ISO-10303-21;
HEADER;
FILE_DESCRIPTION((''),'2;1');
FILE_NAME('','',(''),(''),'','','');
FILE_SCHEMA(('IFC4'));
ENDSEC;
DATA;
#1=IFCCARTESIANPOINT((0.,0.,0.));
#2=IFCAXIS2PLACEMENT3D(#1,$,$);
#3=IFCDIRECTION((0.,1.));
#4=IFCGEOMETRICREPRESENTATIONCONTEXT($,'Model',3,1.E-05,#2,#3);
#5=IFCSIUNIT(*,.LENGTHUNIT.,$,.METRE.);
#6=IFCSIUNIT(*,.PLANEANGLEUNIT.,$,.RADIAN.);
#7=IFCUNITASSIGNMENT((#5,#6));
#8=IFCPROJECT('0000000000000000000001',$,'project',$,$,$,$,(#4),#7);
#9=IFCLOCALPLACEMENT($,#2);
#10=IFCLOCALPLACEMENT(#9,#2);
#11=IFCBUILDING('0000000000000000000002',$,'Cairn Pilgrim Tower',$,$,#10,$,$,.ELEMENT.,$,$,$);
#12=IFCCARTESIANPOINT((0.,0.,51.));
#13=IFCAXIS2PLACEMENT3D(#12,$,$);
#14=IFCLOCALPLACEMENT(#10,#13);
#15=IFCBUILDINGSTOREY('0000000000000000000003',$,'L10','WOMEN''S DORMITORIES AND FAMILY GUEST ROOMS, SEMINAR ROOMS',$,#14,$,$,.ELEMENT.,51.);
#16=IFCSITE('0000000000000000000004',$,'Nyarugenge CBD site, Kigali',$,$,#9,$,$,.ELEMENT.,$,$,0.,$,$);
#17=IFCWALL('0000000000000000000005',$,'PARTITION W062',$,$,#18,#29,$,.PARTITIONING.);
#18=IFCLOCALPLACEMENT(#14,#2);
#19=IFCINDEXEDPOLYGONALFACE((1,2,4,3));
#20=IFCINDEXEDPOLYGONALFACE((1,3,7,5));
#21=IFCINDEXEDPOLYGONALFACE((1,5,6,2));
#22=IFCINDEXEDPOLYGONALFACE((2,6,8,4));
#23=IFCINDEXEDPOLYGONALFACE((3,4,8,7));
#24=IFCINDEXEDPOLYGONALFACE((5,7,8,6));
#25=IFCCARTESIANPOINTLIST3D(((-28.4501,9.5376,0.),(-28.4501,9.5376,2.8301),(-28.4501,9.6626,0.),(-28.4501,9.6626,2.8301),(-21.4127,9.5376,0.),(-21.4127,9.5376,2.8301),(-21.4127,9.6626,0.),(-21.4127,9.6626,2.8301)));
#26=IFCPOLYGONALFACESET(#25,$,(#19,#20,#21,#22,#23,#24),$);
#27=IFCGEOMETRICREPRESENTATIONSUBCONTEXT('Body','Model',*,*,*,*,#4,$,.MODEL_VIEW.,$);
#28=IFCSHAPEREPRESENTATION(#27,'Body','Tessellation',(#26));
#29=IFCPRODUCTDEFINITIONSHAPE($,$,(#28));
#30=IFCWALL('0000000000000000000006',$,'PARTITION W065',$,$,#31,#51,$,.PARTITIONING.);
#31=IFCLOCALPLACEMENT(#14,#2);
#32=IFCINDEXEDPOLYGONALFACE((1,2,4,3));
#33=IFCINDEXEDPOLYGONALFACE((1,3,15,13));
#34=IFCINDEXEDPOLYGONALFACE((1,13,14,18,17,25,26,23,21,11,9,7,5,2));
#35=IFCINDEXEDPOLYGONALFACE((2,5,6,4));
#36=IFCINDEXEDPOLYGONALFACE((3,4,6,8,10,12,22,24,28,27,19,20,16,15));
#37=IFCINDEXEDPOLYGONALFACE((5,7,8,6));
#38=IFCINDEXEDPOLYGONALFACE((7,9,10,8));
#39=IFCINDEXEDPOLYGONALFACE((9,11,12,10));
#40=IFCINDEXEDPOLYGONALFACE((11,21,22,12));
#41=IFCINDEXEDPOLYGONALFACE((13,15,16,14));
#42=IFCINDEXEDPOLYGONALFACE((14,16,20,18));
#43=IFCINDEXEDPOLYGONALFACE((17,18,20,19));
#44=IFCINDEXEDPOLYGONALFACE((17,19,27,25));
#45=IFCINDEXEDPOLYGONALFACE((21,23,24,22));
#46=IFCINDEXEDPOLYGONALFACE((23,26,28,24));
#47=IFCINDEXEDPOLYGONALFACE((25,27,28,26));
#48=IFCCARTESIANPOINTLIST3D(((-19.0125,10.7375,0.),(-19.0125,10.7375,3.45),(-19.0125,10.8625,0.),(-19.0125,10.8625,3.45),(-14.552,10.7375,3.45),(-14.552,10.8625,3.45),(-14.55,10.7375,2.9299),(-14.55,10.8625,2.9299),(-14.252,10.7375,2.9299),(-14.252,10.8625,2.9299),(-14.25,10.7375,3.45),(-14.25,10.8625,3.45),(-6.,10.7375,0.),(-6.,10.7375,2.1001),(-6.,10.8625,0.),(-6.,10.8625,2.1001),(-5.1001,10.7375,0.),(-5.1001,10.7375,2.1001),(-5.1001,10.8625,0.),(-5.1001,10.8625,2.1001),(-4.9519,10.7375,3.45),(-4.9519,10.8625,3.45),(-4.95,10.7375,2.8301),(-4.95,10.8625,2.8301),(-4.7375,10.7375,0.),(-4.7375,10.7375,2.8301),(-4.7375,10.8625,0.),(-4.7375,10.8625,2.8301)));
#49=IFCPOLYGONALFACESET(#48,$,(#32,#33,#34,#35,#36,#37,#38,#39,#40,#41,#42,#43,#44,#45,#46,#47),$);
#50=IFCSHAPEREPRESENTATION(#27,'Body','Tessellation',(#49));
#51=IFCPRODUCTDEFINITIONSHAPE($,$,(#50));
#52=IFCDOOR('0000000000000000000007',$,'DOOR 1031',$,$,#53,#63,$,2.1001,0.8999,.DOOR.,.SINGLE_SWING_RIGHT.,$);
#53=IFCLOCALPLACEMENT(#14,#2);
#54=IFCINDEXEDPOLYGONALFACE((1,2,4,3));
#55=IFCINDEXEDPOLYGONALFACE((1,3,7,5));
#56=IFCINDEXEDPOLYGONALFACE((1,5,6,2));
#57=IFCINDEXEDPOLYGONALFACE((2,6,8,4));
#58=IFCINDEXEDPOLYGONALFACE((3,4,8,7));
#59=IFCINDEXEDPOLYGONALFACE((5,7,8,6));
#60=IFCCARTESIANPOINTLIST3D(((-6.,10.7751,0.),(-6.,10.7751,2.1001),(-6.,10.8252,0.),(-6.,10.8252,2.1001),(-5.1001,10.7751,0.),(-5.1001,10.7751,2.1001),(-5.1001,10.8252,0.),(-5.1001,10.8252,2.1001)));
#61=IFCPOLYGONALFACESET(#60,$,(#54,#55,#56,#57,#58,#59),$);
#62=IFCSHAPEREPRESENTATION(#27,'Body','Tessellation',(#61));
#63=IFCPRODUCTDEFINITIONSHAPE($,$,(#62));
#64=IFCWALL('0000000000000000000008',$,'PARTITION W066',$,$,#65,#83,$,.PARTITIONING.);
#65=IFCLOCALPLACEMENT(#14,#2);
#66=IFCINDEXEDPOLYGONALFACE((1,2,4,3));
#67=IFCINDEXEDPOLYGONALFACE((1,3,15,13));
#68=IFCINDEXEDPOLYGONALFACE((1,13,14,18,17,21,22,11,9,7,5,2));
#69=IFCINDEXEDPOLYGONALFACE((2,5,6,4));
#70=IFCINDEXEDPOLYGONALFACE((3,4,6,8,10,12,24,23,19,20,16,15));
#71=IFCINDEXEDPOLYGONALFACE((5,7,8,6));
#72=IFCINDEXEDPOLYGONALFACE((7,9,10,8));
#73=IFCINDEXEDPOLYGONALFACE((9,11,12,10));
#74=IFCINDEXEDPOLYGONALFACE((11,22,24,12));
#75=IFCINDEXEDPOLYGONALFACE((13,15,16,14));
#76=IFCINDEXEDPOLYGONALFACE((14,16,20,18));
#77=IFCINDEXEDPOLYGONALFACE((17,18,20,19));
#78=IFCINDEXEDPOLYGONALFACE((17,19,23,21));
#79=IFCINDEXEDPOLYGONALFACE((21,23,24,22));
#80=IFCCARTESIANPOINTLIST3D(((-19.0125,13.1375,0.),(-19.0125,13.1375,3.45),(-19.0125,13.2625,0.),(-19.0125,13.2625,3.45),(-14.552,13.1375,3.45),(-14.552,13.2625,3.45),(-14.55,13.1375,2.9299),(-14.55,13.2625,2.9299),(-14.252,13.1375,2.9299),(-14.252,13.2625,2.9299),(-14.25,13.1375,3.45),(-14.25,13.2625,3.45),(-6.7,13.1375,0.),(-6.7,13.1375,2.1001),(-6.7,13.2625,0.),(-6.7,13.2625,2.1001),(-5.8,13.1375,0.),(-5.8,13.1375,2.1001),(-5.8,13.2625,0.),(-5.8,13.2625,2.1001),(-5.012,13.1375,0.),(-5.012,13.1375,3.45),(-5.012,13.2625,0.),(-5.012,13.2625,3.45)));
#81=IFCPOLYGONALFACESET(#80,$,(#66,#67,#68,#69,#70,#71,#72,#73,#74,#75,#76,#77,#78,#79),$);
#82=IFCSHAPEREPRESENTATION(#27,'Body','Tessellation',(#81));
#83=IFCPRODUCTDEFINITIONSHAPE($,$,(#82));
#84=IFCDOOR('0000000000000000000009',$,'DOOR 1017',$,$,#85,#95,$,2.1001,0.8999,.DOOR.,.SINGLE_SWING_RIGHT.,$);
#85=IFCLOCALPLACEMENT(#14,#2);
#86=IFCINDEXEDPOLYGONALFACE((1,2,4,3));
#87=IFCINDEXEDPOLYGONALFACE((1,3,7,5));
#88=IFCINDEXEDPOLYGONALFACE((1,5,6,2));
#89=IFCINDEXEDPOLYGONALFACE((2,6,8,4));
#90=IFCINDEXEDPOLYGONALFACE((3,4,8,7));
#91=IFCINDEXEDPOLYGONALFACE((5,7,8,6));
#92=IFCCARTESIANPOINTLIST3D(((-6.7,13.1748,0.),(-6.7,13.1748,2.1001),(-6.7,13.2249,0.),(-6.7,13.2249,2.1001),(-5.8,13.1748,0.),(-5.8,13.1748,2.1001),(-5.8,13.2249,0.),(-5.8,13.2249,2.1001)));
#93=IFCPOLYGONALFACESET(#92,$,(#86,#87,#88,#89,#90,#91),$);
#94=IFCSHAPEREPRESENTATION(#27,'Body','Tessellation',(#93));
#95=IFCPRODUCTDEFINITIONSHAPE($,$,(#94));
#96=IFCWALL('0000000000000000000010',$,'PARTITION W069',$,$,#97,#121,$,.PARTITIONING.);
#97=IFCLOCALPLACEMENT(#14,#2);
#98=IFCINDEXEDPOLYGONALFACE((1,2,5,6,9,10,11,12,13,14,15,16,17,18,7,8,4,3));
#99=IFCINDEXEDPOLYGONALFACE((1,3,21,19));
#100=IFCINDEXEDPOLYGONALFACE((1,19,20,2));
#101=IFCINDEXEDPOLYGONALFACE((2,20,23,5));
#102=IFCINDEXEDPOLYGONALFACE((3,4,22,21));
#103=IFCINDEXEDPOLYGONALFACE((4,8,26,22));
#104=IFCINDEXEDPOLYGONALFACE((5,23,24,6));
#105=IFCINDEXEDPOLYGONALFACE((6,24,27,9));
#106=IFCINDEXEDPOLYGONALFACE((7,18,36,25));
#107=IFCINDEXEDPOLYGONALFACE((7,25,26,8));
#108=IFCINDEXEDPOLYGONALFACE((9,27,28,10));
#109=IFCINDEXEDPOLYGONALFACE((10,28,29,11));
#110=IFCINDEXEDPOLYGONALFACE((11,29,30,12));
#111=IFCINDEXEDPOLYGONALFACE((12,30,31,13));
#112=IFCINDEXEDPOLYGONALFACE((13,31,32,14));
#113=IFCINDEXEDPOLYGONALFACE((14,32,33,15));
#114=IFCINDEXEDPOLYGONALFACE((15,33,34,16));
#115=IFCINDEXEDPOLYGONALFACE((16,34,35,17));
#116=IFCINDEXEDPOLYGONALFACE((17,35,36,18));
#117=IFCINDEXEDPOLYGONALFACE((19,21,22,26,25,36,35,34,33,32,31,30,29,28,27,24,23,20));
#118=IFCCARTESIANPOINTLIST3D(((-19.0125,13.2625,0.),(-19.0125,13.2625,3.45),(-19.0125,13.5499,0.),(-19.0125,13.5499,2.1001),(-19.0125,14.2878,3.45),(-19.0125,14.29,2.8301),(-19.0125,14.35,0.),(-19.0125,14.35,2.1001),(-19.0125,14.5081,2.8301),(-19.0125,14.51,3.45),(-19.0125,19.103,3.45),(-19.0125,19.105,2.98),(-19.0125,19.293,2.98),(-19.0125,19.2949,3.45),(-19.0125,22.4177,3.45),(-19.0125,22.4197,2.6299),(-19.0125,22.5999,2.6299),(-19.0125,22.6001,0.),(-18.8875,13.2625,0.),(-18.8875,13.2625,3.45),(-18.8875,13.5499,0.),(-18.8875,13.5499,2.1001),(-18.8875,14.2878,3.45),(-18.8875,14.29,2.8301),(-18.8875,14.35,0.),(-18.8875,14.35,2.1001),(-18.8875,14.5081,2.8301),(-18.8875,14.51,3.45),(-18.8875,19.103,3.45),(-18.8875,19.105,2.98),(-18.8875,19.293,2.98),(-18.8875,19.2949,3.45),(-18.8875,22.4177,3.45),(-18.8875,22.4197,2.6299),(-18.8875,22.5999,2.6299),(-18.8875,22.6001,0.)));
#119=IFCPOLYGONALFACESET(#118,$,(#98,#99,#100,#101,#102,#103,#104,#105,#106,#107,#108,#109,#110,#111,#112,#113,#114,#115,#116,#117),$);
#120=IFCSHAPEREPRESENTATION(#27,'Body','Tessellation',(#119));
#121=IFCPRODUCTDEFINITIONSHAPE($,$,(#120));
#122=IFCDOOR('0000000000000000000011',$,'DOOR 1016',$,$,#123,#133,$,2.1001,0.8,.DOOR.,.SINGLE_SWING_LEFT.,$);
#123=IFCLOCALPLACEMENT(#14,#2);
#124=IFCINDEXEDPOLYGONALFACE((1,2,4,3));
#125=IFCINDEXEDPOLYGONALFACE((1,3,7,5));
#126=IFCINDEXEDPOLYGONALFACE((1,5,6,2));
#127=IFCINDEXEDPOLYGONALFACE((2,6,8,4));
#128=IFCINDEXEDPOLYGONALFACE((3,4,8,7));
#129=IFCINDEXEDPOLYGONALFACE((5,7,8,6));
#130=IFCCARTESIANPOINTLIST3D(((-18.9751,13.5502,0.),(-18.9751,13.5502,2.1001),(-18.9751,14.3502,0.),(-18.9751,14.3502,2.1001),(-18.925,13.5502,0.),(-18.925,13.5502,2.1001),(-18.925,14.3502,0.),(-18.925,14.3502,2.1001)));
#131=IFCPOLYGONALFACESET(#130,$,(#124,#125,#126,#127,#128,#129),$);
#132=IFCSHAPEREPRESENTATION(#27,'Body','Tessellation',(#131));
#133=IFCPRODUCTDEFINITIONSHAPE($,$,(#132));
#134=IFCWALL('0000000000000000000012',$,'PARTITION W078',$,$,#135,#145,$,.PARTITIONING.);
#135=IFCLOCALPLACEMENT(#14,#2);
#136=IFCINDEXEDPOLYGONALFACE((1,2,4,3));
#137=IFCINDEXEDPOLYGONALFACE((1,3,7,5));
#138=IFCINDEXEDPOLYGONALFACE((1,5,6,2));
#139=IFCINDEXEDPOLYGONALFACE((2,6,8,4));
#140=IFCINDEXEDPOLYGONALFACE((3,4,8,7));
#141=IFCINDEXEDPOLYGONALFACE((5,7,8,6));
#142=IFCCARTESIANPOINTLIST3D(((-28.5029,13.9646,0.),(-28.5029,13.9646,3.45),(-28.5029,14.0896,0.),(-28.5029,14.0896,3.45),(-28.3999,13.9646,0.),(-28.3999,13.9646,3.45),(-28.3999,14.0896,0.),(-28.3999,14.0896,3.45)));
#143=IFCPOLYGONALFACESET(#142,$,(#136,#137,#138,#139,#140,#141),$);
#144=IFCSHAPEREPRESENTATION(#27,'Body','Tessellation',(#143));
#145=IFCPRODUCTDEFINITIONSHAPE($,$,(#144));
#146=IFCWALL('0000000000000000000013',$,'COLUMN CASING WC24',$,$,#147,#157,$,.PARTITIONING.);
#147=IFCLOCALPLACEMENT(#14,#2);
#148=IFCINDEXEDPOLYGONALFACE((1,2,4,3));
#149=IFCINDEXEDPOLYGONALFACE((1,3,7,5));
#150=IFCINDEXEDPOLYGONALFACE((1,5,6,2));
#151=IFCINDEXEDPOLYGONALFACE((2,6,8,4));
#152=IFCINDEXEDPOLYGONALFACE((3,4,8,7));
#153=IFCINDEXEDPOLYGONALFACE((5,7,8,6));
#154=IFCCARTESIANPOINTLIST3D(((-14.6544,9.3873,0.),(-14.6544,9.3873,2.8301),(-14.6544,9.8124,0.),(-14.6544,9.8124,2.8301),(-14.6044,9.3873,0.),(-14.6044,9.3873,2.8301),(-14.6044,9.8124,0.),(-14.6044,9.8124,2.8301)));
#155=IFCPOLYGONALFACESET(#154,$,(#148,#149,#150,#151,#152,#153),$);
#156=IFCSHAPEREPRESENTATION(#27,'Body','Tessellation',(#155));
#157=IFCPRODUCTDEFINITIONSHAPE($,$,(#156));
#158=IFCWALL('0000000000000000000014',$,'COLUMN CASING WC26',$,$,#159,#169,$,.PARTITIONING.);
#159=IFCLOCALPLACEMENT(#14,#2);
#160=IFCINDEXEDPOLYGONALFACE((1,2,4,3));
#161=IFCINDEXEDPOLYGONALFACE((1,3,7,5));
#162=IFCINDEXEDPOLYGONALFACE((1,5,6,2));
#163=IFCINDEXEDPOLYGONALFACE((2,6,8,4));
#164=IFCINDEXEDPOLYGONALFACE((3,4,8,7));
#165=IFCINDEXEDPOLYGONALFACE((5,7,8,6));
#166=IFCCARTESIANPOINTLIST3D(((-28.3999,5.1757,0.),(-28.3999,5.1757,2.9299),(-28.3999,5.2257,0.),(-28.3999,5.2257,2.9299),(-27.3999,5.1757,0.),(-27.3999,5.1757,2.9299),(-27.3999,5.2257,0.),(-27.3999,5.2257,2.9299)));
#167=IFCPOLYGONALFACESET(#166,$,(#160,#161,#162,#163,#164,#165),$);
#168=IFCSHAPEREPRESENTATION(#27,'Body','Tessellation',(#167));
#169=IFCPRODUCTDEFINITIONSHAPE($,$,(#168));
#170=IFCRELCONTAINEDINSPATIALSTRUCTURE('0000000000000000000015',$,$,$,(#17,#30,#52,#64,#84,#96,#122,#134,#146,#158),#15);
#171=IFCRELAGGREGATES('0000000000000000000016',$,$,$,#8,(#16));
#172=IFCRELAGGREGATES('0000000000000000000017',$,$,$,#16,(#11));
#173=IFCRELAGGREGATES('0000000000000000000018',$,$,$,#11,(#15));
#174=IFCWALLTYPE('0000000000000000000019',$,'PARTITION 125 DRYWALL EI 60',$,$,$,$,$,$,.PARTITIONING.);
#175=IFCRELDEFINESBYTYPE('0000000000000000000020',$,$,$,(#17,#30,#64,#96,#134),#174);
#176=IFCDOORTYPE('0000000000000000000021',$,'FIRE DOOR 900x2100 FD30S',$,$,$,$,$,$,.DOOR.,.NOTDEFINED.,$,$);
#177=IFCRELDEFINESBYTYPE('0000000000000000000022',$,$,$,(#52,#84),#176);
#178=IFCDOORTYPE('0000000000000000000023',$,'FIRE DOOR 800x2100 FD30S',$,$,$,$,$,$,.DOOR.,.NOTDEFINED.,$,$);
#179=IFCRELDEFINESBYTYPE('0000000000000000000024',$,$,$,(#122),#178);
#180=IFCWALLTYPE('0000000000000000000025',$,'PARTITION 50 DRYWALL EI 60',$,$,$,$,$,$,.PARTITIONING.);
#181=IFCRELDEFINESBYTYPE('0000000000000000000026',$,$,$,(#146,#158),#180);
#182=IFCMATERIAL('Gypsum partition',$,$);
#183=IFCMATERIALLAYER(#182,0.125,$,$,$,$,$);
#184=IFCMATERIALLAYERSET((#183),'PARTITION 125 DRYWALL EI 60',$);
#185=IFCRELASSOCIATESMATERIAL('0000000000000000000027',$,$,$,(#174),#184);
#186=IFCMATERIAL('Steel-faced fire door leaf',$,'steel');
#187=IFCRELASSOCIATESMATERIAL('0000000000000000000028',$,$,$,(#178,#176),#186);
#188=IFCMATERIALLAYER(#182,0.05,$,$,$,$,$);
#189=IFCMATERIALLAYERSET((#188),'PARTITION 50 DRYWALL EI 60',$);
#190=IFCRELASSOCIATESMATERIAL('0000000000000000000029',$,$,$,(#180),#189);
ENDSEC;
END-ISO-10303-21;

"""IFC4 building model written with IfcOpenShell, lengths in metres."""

from ifc_helpers import new_model, si_unit, direction, frame, frame_2d, origin, place, context, subcontext, project, spatial, polyline, rectangle, outline, extrude, material, layer, layer_set, type_object, element, fill, save


model = new_model("IFC4")

# Units and contexts
model_context = context("Model", 3, precision=1e-05, world=origin(), true_north=direction((0.0, 1.0)))
body_context = subcontext(model_context, "Body", "Model", "MODEL_VIEW")
ifc_project = project(units=[si_unit("LENGTHUNIT", "METRE"), si_unit("PLANEANGLEUNIT", "RADIAN")], contexts=[model_context])

# Site, building, storey
site_placement = place(None, origin())
site = spatial("IfcSite", under=ifc_project, at=site_placement, Name="Nyarugenge CBD site, Kigali", CompositionType="ELEMENT", RefElevation=0.0)
building_placement = place(site_placement, origin())
building = spatial("IfcBuilding", under=site, at=building_placement, Name="Cairn Pilgrim Tower", CompositionType="ELEMENT")
storey_placement = place(building_placement, frame((0.0, 0.0, 51.0)))
storey = spatial("IfcBuildingStorey", under=building, at=storey_placement, Name="L10", Description="WOMEN'S DORMITORIES AND FAMILY GUEST ROOMS, SEMINAR ROOMS", CompositionType="ELEMENT", Elevation=51.0)

# Shared definitions
ifc_material_1 = material(Name="Gypsum partition")
ifc_layer_1 = layer(ifc_material_1, 0.125)
ifc_layer_set_1 = layer_set([ifc_layer_1], Name="PARTITION 125 DRYWALL EI 60")
wall_type_1 = type_object("IfcWallType", Name="PARTITION 125 DRYWALL EI 60", PredefinedType="PARTITIONING", material=ifc_layer_set_1)

# Shared definitions
ifc_material_2 = material(Name="Steel-faced fire door leaf", Category="steel")
door_type_1 = type_object("IfcDoorType", Name="FIRE DOOR 800x2100 FD30S", OperationType="NOTDEFINED", PredefinedType="DOOR", material=ifc_material_2)

# Wall
wall_1_placement = place(storey_placement, frame((-28.45, 9.6001, 0.0), z_axis=(0.0, 0.0, 1.0), x_axis=(1.0, 0.0, 0.0)))
element("IfcWall", 1, at=wall_1_placement, inside=storey, type_object=wall_type_1, Name="PARTITION W062", PredefinedType="PARTITIONING", context=body_context, shape_type="SweptSolid", body=[
    extrude(rectangle(XDim=7.0374, YDim=0.125, at=frame_2d((3.5186, 0.0))), origin(), (0.0, 0.0, 1.0), 2.8301),
])

# Walls, openings, doors
wall_2_placement = place(storey_placement, frame((-19.0125, 10.8, 0.0), z_axis=(0.0, 0.0, 1.0), x_axis=(1.0, 0.0, 0.0)))
wall_2 = element("IfcWall", 2, at=wall_2_placement, inside=storey, type_object=wall_type_1, Name="PARTITION W065", PredefinedType="PARTITIONING", context=body_context, shape_type="SweptSolid", body=[
    extrude(outline(polyline([(0.0, 0.0), (14.2749, 0.0), (14.2749, 2.8301), (14.0625, 2.8301), (14.0605, 3.45), (4.7625, 3.45), (4.7605, 2.9299), (4.4624, 2.9299), (4.4604, 3.45), (0.0, 3.45), (0.0, 0.0)])), frame((0.0, 0.0625, 0.0), z_axis=(0.0, -1.0, 0.0), x_axis=(1.0, 0.0, 0.0)), (0.0, 0.0, 1.0), 0.125),
])
opening_1_placement = place(wall_2_placement, frame((13.0125, 0.0, 0.0)))
opening_1 = element("IfcOpeningElement", 3, at=opening_1_placement, cuts=wall_2, PredefinedType="OPENING", context=body_context, shape_type="SweptSolid", body=[
    extrude(rectangle(XDim=0.8999, YDim=2.1001, at=frame_2d((0.45, 1.05))), frame((0.0, 0.0725, 0.0), z_axis=(0.0, -1.0, 0.0), x_axis=(1.0, 0.0, 0.0)), (0.0, 0.0, 1.0), 0.145),
])
door_type_2 = type_object("IfcDoorType", Name="FIRE DOOR 900x2100 FD30S", OperationType="NOTDEFINED", PredefinedType="DOOR", material=ifc_material_2)
door_1_placement = place(opening_1_placement, frame((0.8999, 0.0, 0.0), z_axis=(0.0, 0.0, 1.0), x_axis=(-1.0, 0.0, 0.0)))
door_1 = element("IfcDoor", 4, at=door_1_placement, inside=storey, type_object=door_type_2, Name="DOOR 1031", OperationType="SINGLE_SWING_RIGHT", OverallHeight=2.1001, OverallWidth=0.8999, PredefinedType="DOOR", context=body_context, shape_type="SweptSolid", body=[
    extrude(rectangle(XDim=0.8999, YDim=2.1001, at=frame_2d((0.45, 1.05))), frame((0.0, 0.0249, 0.0), z_axis=(0.0, -1.0, 0.0), x_axis=(1.0, 0.0, 0.0)), (0.0, 0.0, 1.0), 0.05),
])
fill(opening_1, door_1)
wall_3_placement = place(storey_placement, frame((-19.0125, 13.2, 0.0), z_axis=(0.0, 0.0, 1.0), x_axis=(1.0, 0.0, 0.0)))
wall_3 = element("IfcWall", 5, at=wall_3_placement, inside=storey, type_object=wall_type_1, Name="PARTITION W066", PredefinedType="PARTITIONING", context=body_context, shape_type="SweptSolid", body=[
    extrude(outline(polyline([(0.0, 0.0), (14.0005, 0.0), (14.0005, 3.45), (4.7625, 3.45), (4.7605, 2.9299), (4.4624, 2.9299), (4.4604, 3.45), (0.0, 3.45), (0.0, 0.0)])), frame((0.0, 0.0625, 0.0), z_axis=(0.0, -1.0, 0.0), x_axis=(1.0, 0.0, 0.0)), (0.0, 0.0, 1.0), 0.125),
])
opening_2_placement = place(wall_3_placement, frame((12.3125, 0.0, 0.0)))
opening_2 = element("IfcOpeningElement", 6, at=opening_2_placement, cuts=wall_3, PredefinedType="OPENING", context=body_context, shape_type="SweptSolid", body=[
    extrude(rectangle(XDim=0.8999, YDim=2.1001, at=frame_2d((0.45, 1.05))), frame((0.0, 0.0725, 0.0), z_axis=(0.0, -1.0, 0.0), x_axis=(1.0, 0.0, 0.0)), (0.0, 0.0, 1.0), 0.145),
])
door_2_placement = place(opening_2_placement, origin())
door_2 = element("IfcDoor", 7, at=door_2_placement, inside=storey, type_object=door_type_2, Name="DOOR 1017", OperationType="SINGLE_SWING_RIGHT", OverallHeight=2.1001, OverallWidth=0.8999, PredefinedType="DOOR", context=body_context, shape_type="SweptSolid", body=[
    extrude(rectangle(XDim=0.8999, YDim=2.1001, at=frame_2d((0.45, 1.05))), frame((0.0, 0.0249, 0.0), z_axis=(0.0, -1.0, 0.0), x_axis=(1.0, 0.0, 0.0)), (0.0, 0.0, 1.0), 0.05),
])
fill(opening_2, door_2)
wall_4_placement = place(storey_placement, frame((-18.95, 13.2625, 0.0), z_axis=(0.0, 0.0, 1.0), x_axis=(0.0, 1.0, 0.0)))
wall_4 = element("IfcWall", 8, at=wall_4_placement, inside=storey, type_object=wall_type_1, Name="PARTITION W069", PredefinedType="PARTITIONING", context=body_context, shape_type="SweptSolid", body=[
    extrude(outline(polyline([(0.0, 0.0), (9.3376, 0.0), (9.3374, 2.6299), (9.1572, 2.6299), (9.1553, 3.45), (6.0325, 3.45), (6.0305, 2.98), (5.8425, 2.98), (5.8406, 3.45), (1.2476, 3.45), (1.2456, 2.8301), (1.0276, 2.8301), (1.0254, 3.45), (0.0, 3.45), (0.0, 0.0)])), frame((0.0, 0.0625, 0.0), z_axis=(0.0, -1.0, 0.0), x_axis=(1.0, 0.0, 0.0)), (0.0, 0.0, 1.0), 0.125),
])
opening_3_placement = place(wall_4_placement, frame((0.2876, 0.0, 0.0)))
opening_3 = element("IfcOpeningElement", 9, at=opening_3_placement, cuts=wall_4, PredefinedType="OPENING", context=body_context, shape_type="SweptSolid", body=[
    extrude(rectangle(XDim=0.8, YDim=2.1001, at=frame_2d((0.3999, 1.05))), frame((0.0, 0.0725, 0.0), z_axis=(0.0, -1.0, 0.0), x_axis=(1.0, 0.0, 0.0)), (0.0, 0.0, 1.0), 0.145),
])
door_3_placement = place(opening_3_placement, frame((0.8, 0.0, 0.0), z_axis=(0.0, 0.0, 1.0), x_axis=(-1.0, 0.0, 0.0)))
door_3 = element("IfcDoor", 10, at=door_3_placement, inside=storey, type_object=door_type_1, Name="DOOR 1016", OperationType="SINGLE_SWING_LEFT", OverallHeight=2.1001, OverallWidth=0.8, PredefinedType="DOOR", context=body_context, shape_type="SweptSolid", body=[
    extrude(rectangle(XDim=0.8, YDim=2.1001, at=frame_2d((0.3999, 1.05))), frame((0.0, 0.0249, 0.0), z_axis=(0.0, -1.0, 0.0), x_axis=(1.0, 0.0, 0.0)), (0.0, 0.0, 1.0), 0.05),
])
fill(opening_3, door_3)

# Walls
wall_5_placement = place(storey_placement, frame((-28.5029, 14.0271, 0.0), z_axis=(0.0, 0.0, 1.0), x_axis=(1.0, 0.0, 0.0)))
element("IfcWall", 11, at=wall_5_placement, inside=storey, type_object=wall_type_1, Name="PARTITION W078", PredefinedType="PARTITIONING", context=body_context, shape_type="SweptSolid", body=[
    extrude(rectangle(XDim=0.103, YDim=0.125, at=frame_2d((0.0515, 0.0))), origin(), (0.0, 0.0, 1.0), 3.45),
])
ifc_layer_2 = layer(ifc_material_1, 0.05)
ifc_layer_set_2 = layer_set([ifc_layer_2], Name="PARTITION 50 DRYWALL EI 60")
wall_type_2 = type_object("IfcWallType", Name="PARTITION 50 DRYWALL EI 60", PredefinedType="PARTITIONING", material=ifc_layer_set_2)
wall_6_placement = place(storey_placement, frame((-14.6294, 9.3875, 0.0), z_axis=(0.0, 0.0, 1.0), x_axis=(0.0, 1.0, 0.0)))
element("IfcWall", 12, at=wall_6_placement, inside=storey, type_object=wall_type_2, Name="COLUMN CASING WC24", PredefinedType="PARTITIONING", context=body_context, shape_type="SweptSolid", body=[
    extrude(rectangle(XDim=0.425, YDim=0.05, at=frame_2d((0.2124, 0.0))), origin(), (0.0, 0.0, 1.0), 2.8301),
])
for number, where, z_axis, x_axis, name in (
    (13, (-28.3999, 5.2007, 0.0), (0.0, 0.0, 1.0), (1.0, 0.0, 0.0), "COLUMN CASING WC26"),
):
    element("IfcWall", number, at=place(storey_placement, frame(where, z_axis=z_axis, x_axis=x_axis)), inside=storey, type_object=wall_type_2, Name=name, PredefinedType="PARTITIONING", context=body_context, shape_type="SweptSolid", body=[
        extrude(rectangle(XDim=1.0, YDim=0.05, at=frame_2d((0.5, 0.0))), origin(), (0.0, 0.0, 1.0), 2.9299),
    ])

save(model, "model.ifc")
